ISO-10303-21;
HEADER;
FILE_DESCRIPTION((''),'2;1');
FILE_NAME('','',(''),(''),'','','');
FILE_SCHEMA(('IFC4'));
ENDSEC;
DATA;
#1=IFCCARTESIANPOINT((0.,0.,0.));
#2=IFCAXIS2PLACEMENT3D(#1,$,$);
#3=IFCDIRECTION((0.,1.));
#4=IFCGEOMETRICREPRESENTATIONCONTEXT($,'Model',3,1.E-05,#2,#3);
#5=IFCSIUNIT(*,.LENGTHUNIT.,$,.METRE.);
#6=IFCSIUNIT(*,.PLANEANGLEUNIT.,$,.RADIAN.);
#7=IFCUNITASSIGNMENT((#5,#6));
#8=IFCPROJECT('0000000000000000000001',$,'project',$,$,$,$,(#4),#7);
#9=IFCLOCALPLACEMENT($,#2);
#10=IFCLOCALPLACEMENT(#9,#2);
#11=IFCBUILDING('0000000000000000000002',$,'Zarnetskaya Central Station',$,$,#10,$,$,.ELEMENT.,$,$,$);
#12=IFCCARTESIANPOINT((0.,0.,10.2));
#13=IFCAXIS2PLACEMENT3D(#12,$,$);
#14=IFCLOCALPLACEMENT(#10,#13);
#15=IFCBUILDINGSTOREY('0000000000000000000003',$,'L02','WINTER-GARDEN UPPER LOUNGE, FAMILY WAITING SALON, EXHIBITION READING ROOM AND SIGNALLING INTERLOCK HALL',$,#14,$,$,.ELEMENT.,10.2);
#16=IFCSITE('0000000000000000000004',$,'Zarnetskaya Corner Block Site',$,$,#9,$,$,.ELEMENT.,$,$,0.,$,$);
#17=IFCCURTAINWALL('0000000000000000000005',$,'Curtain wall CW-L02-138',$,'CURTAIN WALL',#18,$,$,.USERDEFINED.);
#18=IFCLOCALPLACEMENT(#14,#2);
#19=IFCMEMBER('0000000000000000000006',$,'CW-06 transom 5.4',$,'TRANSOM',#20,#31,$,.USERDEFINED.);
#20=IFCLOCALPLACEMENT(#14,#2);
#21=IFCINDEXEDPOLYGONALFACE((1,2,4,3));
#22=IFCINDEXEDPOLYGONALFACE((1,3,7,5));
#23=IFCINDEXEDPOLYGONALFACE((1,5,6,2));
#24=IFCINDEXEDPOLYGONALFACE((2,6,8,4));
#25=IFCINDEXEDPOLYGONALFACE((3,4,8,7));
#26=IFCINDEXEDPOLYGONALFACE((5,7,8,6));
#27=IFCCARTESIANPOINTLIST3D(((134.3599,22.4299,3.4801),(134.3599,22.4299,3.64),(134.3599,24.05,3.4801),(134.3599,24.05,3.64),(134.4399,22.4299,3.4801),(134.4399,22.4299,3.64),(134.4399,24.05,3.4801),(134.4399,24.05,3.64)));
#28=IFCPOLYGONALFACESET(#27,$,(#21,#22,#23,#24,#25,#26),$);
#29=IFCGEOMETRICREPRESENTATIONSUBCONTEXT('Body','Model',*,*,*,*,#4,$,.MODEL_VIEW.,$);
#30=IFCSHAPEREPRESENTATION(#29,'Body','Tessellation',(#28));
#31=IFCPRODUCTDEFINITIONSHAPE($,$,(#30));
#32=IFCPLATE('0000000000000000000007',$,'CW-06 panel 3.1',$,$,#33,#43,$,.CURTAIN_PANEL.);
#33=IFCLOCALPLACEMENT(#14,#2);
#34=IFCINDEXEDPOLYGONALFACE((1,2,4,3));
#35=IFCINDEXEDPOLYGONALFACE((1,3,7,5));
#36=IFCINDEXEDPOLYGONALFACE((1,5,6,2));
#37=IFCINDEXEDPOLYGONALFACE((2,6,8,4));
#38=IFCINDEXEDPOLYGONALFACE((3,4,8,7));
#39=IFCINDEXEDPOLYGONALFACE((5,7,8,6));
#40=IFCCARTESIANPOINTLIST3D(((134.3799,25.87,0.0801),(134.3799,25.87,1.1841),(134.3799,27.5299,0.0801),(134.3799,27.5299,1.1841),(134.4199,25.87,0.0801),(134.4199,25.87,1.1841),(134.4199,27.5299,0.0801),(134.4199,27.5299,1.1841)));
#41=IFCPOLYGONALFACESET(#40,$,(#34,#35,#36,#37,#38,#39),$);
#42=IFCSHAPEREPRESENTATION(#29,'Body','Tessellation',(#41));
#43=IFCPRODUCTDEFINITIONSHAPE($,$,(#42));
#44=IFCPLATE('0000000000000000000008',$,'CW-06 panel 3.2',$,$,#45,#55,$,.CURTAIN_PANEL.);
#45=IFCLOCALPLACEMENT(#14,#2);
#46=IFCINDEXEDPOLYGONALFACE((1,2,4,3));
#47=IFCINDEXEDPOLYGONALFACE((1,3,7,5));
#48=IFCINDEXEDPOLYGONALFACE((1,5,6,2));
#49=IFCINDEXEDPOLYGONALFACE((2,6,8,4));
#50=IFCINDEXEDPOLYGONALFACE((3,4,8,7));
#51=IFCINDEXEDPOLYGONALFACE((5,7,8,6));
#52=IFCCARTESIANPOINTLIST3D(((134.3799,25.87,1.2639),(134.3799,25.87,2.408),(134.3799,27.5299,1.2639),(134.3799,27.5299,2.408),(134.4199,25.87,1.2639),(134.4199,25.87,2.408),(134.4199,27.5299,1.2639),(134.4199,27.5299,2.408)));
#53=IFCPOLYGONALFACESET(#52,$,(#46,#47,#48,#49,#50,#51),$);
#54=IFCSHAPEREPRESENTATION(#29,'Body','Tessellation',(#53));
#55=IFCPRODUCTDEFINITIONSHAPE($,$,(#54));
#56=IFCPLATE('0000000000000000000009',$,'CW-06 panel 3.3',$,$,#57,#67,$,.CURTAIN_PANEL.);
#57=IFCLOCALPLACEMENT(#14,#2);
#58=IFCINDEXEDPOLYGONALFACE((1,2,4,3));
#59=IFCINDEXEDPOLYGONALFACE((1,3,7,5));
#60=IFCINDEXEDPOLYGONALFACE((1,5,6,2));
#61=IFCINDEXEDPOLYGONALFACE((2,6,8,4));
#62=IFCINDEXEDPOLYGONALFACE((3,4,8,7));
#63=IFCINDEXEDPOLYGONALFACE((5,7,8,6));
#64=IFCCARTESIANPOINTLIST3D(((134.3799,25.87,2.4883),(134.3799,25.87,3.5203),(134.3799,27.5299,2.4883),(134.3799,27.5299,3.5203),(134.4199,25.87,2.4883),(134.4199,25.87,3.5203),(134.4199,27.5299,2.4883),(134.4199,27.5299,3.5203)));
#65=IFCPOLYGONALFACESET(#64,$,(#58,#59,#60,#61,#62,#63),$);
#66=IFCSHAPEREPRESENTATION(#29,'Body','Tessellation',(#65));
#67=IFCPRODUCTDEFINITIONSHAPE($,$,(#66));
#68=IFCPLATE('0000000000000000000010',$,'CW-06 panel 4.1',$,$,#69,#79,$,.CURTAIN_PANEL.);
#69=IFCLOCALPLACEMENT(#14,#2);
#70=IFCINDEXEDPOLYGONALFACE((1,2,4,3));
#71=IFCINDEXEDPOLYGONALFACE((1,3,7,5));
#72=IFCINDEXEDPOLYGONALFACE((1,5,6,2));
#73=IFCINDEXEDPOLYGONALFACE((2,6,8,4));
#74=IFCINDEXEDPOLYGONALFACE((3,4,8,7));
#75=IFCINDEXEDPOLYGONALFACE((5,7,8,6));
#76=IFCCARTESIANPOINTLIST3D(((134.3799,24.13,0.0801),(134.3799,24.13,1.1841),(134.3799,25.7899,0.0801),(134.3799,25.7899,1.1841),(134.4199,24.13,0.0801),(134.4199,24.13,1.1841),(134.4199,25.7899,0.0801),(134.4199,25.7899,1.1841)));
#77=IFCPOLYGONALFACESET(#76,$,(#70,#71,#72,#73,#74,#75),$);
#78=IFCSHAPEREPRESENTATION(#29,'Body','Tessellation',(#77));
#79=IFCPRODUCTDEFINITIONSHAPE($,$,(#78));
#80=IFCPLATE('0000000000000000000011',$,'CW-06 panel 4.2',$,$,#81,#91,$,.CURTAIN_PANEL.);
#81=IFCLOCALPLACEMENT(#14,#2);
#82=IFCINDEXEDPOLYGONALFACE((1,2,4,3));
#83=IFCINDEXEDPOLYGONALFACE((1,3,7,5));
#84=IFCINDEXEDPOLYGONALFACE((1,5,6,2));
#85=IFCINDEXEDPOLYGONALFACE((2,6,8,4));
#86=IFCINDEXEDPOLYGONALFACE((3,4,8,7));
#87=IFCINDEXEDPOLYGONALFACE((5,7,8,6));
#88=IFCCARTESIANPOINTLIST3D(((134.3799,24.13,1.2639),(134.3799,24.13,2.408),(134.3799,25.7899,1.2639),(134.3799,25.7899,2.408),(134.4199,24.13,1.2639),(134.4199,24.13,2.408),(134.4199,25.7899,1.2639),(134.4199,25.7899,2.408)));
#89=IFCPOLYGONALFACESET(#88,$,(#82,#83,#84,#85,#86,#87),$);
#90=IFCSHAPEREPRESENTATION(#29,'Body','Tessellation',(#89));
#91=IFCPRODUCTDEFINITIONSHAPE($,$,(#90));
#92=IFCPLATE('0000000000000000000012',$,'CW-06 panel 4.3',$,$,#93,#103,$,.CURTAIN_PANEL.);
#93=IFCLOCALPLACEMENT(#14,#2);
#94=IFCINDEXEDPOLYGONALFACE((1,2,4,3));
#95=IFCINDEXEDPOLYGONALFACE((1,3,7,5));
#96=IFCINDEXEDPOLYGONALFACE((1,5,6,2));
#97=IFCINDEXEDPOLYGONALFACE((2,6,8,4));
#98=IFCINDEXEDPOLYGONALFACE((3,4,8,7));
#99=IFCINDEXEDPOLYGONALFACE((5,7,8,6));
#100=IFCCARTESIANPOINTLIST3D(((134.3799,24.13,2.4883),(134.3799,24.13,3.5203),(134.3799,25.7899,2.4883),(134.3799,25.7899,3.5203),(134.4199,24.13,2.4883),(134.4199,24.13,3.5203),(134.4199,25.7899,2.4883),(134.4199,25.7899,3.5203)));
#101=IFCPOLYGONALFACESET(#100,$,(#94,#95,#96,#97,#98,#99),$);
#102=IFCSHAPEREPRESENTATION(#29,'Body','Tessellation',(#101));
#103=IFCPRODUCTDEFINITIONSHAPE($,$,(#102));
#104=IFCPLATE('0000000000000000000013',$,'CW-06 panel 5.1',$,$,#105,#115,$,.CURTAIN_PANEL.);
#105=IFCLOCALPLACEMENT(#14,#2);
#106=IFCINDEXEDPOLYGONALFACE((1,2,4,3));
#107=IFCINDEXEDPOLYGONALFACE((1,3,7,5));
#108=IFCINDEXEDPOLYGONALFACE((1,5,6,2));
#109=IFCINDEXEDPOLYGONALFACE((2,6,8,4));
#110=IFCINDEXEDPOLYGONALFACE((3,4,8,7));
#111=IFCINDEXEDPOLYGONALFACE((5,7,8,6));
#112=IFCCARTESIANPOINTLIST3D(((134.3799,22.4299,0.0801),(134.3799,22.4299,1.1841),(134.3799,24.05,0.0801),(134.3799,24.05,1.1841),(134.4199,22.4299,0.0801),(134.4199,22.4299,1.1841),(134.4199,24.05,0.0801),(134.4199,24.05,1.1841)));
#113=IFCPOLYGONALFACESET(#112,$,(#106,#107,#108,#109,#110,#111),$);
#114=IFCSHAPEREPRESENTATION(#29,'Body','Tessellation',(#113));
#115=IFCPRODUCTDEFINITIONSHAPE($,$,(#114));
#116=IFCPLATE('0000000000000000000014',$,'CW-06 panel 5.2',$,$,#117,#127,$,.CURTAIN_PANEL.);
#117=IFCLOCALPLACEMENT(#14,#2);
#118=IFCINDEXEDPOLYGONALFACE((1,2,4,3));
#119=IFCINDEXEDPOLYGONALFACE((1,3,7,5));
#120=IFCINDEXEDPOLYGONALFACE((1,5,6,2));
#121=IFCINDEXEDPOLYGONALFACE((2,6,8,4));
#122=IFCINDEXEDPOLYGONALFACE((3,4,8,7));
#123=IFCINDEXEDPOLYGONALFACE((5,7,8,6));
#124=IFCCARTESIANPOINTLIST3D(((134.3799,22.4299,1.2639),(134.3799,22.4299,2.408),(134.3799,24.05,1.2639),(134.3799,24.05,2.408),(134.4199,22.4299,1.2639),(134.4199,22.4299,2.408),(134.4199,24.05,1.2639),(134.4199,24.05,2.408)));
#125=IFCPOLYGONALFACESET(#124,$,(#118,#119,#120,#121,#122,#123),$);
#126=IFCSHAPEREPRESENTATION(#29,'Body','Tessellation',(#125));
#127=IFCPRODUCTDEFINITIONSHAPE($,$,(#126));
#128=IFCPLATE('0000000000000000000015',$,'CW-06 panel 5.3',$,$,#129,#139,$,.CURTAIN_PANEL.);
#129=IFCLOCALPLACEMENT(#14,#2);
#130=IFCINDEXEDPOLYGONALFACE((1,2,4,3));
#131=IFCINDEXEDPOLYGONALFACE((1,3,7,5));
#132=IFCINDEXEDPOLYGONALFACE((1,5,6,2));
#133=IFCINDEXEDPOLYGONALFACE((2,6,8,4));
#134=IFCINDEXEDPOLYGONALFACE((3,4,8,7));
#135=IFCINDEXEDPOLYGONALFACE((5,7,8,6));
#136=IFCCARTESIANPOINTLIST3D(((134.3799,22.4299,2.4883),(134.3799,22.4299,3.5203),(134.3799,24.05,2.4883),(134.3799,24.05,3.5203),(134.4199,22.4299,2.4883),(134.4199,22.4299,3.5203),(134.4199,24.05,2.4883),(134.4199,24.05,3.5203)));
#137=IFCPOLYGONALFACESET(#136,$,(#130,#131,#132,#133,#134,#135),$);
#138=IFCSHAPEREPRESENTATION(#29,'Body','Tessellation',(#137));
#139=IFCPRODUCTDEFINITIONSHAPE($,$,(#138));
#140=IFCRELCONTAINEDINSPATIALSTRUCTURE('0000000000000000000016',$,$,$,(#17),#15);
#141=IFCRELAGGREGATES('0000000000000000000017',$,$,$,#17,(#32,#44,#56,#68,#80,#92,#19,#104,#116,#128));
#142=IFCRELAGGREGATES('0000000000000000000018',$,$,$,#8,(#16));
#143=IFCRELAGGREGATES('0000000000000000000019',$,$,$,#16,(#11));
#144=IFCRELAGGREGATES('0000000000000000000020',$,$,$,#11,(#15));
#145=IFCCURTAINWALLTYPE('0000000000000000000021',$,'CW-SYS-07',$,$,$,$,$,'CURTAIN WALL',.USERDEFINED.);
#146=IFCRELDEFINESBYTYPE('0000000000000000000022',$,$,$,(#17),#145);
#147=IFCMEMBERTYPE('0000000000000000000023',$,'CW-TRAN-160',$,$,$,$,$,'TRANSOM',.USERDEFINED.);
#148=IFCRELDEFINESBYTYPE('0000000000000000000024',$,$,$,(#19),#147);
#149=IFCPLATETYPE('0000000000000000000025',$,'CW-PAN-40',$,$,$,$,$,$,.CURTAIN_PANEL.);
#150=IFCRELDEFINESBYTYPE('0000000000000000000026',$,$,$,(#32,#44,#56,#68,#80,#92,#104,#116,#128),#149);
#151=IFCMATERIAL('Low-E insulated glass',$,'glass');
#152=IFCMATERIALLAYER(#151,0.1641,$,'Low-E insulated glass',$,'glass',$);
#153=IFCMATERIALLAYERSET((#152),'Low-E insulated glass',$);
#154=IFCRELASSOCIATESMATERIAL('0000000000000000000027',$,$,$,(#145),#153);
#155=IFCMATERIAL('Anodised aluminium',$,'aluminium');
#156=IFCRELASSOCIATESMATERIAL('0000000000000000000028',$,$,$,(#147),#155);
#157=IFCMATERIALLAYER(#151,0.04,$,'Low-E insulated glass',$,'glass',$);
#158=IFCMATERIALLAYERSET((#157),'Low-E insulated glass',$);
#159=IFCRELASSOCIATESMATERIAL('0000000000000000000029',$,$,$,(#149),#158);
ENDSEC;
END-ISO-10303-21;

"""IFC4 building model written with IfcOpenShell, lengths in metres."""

from ifc_helpers import new_model, si_unit, direction, frame, origin, origin_2d, place, context, subcontext, project, spatial, rectangle, extrude, material, layer, layer_set, material_profile, profile_set, type_object, element, aggregate, save


model = new_model("IFC4")

# Units and contexts
model_context = context("Model", 3, precision=1e-05, world=origin(), true_north=direction((0.0, 1.0)))
body_context = subcontext(model_context, "Body", "Model", "MODEL_VIEW")
ifc_project = project(units=[si_unit("LENGTHUNIT", "METRE"), si_unit("PLANEANGLEUNIT", "RADIAN")], contexts=[model_context])

# Site, building, storey
site_placement = place(None, origin())
site = spatial("IfcSite", under=ifc_project, at=site_placement, Name="Zarnetskaya Corner Block Site", CompositionType="ELEMENT", RefElevation=0.0)
building_placement = place(site_placement, origin())
building = spatial("IfcBuilding", under=site, at=building_placement, Name="Zarnetskaya Central Station", CompositionType="ELEMENT")
storey_placement = place(building_placement, frame((0.0, 0.0, 10.2)))
storey = spatial("IfcBuildingStorey", under=building, at=storey_placement, Name="L02", Description="WINTER-GARDEN UPPER LOUNGE, FAMILY WAITING SALON, EXHIBITION READING ROOM AND SIGNALLING INTERLOCK HALL", CompositionType="ELEMENT", Elevation=10.2)

# Curtain wall, member, plates
ifc_material_1 = material(Name="Low-E insulated glass", Category="glass")
ifc_layer_1 = layer(ifc_material_1, 0.1641, Name="Low-E insulated glass", Category="glass")
ifc_layer_set_1 = layer_set([ifc_layer_1], Name="Low-E insulated glass")
curtain_wall_type = type_object("IfcCurtainWallType", Name="CW-SYS-07", ElementType="CURTAIN WALL", PredefinedType="USERDEFINED", material=ifc_layer_set_1)
curtain_wall_placement = place(storey_placement, origin())
curtain_wall = element("IfcCurtainWall", 1, at=curtain_wall_placement, inside=storey, type_object=curtain_wall_type, Name="Curtain wall CW-L02-138", ObjectType="CURTAIN WALL", PredefinedType="USERDEFINED")
ifc_material_2 = material(Name="Anodised aluminium", Category="aluminium")
ifc_material_profile_1 = material_profile(ifc_material_2, rectangle(XDim=0.0801, YDim=0.1599, at=origin_2d()), Name="ALU TRAN 80x160")
ifc_profile_set_1 = profile_set([ifc_material_profile_1], Name="Anodised aluminium")
member_type_1 = type_object("IfcMemberType", Name="CW-TRAN-160", ElementType="TRANSOM", PredefinedType="USERDEFINED", material=ifc_profile_set_1)
member_1_placement = place(storey_placement, frame((134.3999, 24.05, 3.5601), z_axis=(0.0, -1.0, 0.0), x_axis=(1.0, 0.0, 0.0)))
member_1 = element("IfcMember", 2, at=member_1_placement, type_object=member_type_1, Name="CW-06 transom 5.4", ObjectType="TRANSOM", PredefinedType="USERDEFINED", context=body_context, shape_type="SweptSolid", body=[
    extrude(rectangle(XDim=0.0801, YDim=0.1599, at=origin_2d()), origin(), (0.0, 0.0, 1.0), 1.6201),
])
ifc_layer_2 = layer(ifc_material_1, 0.04, Name="Low-E insulated glass", Category="glass")
ifc_layer_set_2 = layer_set([ifc_layer_2], Name="Low-E insulated glass")
plate_type = type_object("IfcPlateType", Name="CW-PAN-40", PredefinedType="CURTAIN_PANEL", material=ifc_layer_set_2)
plate_1_placement = place(storey_placement, frame((134.3999, 26.7, 0.0801), z_axis=(0.0, 0.0, 1.0), x_axis=(0.0, -1.0, 0.0)))
plate_1 = element("IfcPlate", 3, at=plate_1_placement, type_object=plate_type, Name="CW-06 panel 3.1", PredefinedType="CURTAIN_PANEL", context=body_context, shape_type="SweptSolid", body=[
    extrude(rectangle(XDim=1.6599, YDim=0.04, at=origin_2d()), origin(), (0.0, 0.0, 1.0), 1.104),
])
plate_2_placement = place(storey_placement, frame((134.3999, 26.7, 1.2639), z_axis=(0.0, 0.0, 1.0), x_axis=(0.0, -1.0, 0.0)))
plate_2 = element("IfcPlate", 4, at=plate_2_placement, type_object=plate_type, Name="CW-06 panel 3.2", PredefinedType="CURTAIN_PANEL", context=body_context, shape_type="SweptSolid", body=[
    extrude(rectangle(XDim=1.6599, YDim=0.04, at=origin_2d()), origin(), (0.0, 0.0, 1.0), 1.144),
])
plate_3_placement = place(storey_placement, frame((134.3999, 26.7, 2.4883), z_axis=(0.0, 0.0, 1.0), x_axis=(0.0, -1.0, 0.0)))
plate_3 = element("IfcPlate", 5, at=plate_3_placement, type_object=plate_type, Name="CW-06 panel 3.3", PredefinedType="CURTAIN_PANEL", context=body_context, shape_type="SweptSolid", body=[
    extrude(rectangle(XDim=1.6599, YDim=0.04, at=origin_2d()), origin(), (0.0, 0.0, 1.0), 1.032),
])
plate_4_placement = place(storey_placement, frame((134.3999, 24.96, 0.0801), z_axis=(0.0, 0.0, 1.0), x_axis=(0.0, -1.0, 0.0)))
plate_4 = element("IfcPlate", 6, at=plate_4_placement, type_object=plate_type, Name="CW-06 panel 4.1", PredefinedType="CURTAIN_PANEL", context=body_context, shape_type="SweptSolid", body=[
    extrude(rectangle(XDim=1.6599, YDim=0.04, at=origin_2d()), origin(), (0.0, 0.0, 1.0), 1.104),
])
plate_5_placement = place(storey_placement, frame((134.3999, 24.96, 1.2639), z_axis=(0.0, 0.0, 1.0), x_axis=(0.0, -1.0, 0.0)))
plate_5 = element("IfcPlate", 7, at=plate_5_placement, type_object=plate_type, Name="CW-06 panel 4.2", PredefinedType="CURTAIN_PANEL", context=body_context, shape_type="SweptSolid", body=[
    extrude(rectangle(XDim=1.6599, YDim=0.04, at=origin_2d()), origin(), (0.0, 0.0, 1.0), 1.144),
])
plate_6_placement = place(storey_placement, frame((134.3999, 24.96, 2.4883), z_axis=(0.0, 0.0, 1.0), x_axis=(0.0, -1.0, 0.0)))
plate_6 = element("IfcPlate", 8, at=plate_6_placement, type_object=plate_type, Name="CW-06 panel 4.3", PredefinedType="CURTAIN_PANEL", context=body_context, shape_type="SweptSolid", body=[
    extrude(rectangle(XDim=1.6599, YDim=0.04, at=origin_2d()), origin(), (0.0, 0.0, 1.0), 1.032),
])
plate_7_placement = place(storey_placement, frame((134.3999, 23.24, 0.0801), z_axis=(0.0, 0.0, 1.0), x_axis=(0.0, -1.0, 0.0)))
plate_7 = element("IfcPlate", 9, at=plate_7_placement, type_object=plate_type, Name="CW-06 panel 5.1", PredefinedType="CURTAIN_PANEL", context=body_context, shape_type="SweptSolid", body=[
    extrude(rectangle(XDim=1.6201, YDim=0.04, at=origin_2d()), origin(), (0.0, 0.0, 1.0), 1.104),
])
plate_8_placement = place(storey_placement, frame((134.3999, 23.24, 1.2639), z_axis=(0.0, 0.0, 1.0), x_axis=(0.0, -1.0, 0.0)))
plate_8 = element("IfcPlate", 10, at=plate_8_placement, type_object=plate_type, Name="CW-06 panel 5.2", PredefinedType="CURTAIN_PANEL", context=body_context, shape_type="SweptSolid", body=[
    extrude(rectangle(XDim=1.6201, YDim=0.04, at=origin_2d()), origin(), (0.0, 0.0, 1.0), 1.144),
])
plate_9_placement = place(storey_placement, frame((134.3999, 23.24, 2.4883), z_axis=(0.0, 0.0, 1.0), x_axis=(0.0, -1.0, 0.0)))
plate_9 = element("IfcPlate", 11, at=plate_9_placement, type_object=plate_type, Name="CW-06 panel 5.3", PredefinedType="CURTAIN_PANEL", context=body_context, shape_type="SweptSolid", body=[
    extrude(rectangle(XDim=1.6201, YDim=0.04, at=origin_2d()), origin(), (0.0, 0.0, 1.0), 1.032),
])
aggregate(curtain_wall, [plate_1, plate_2, plate_3, plate_4, plate_5, plate_6, member_1, plate_7, plate_8, plate_9])

save(model, "model.ifc")
